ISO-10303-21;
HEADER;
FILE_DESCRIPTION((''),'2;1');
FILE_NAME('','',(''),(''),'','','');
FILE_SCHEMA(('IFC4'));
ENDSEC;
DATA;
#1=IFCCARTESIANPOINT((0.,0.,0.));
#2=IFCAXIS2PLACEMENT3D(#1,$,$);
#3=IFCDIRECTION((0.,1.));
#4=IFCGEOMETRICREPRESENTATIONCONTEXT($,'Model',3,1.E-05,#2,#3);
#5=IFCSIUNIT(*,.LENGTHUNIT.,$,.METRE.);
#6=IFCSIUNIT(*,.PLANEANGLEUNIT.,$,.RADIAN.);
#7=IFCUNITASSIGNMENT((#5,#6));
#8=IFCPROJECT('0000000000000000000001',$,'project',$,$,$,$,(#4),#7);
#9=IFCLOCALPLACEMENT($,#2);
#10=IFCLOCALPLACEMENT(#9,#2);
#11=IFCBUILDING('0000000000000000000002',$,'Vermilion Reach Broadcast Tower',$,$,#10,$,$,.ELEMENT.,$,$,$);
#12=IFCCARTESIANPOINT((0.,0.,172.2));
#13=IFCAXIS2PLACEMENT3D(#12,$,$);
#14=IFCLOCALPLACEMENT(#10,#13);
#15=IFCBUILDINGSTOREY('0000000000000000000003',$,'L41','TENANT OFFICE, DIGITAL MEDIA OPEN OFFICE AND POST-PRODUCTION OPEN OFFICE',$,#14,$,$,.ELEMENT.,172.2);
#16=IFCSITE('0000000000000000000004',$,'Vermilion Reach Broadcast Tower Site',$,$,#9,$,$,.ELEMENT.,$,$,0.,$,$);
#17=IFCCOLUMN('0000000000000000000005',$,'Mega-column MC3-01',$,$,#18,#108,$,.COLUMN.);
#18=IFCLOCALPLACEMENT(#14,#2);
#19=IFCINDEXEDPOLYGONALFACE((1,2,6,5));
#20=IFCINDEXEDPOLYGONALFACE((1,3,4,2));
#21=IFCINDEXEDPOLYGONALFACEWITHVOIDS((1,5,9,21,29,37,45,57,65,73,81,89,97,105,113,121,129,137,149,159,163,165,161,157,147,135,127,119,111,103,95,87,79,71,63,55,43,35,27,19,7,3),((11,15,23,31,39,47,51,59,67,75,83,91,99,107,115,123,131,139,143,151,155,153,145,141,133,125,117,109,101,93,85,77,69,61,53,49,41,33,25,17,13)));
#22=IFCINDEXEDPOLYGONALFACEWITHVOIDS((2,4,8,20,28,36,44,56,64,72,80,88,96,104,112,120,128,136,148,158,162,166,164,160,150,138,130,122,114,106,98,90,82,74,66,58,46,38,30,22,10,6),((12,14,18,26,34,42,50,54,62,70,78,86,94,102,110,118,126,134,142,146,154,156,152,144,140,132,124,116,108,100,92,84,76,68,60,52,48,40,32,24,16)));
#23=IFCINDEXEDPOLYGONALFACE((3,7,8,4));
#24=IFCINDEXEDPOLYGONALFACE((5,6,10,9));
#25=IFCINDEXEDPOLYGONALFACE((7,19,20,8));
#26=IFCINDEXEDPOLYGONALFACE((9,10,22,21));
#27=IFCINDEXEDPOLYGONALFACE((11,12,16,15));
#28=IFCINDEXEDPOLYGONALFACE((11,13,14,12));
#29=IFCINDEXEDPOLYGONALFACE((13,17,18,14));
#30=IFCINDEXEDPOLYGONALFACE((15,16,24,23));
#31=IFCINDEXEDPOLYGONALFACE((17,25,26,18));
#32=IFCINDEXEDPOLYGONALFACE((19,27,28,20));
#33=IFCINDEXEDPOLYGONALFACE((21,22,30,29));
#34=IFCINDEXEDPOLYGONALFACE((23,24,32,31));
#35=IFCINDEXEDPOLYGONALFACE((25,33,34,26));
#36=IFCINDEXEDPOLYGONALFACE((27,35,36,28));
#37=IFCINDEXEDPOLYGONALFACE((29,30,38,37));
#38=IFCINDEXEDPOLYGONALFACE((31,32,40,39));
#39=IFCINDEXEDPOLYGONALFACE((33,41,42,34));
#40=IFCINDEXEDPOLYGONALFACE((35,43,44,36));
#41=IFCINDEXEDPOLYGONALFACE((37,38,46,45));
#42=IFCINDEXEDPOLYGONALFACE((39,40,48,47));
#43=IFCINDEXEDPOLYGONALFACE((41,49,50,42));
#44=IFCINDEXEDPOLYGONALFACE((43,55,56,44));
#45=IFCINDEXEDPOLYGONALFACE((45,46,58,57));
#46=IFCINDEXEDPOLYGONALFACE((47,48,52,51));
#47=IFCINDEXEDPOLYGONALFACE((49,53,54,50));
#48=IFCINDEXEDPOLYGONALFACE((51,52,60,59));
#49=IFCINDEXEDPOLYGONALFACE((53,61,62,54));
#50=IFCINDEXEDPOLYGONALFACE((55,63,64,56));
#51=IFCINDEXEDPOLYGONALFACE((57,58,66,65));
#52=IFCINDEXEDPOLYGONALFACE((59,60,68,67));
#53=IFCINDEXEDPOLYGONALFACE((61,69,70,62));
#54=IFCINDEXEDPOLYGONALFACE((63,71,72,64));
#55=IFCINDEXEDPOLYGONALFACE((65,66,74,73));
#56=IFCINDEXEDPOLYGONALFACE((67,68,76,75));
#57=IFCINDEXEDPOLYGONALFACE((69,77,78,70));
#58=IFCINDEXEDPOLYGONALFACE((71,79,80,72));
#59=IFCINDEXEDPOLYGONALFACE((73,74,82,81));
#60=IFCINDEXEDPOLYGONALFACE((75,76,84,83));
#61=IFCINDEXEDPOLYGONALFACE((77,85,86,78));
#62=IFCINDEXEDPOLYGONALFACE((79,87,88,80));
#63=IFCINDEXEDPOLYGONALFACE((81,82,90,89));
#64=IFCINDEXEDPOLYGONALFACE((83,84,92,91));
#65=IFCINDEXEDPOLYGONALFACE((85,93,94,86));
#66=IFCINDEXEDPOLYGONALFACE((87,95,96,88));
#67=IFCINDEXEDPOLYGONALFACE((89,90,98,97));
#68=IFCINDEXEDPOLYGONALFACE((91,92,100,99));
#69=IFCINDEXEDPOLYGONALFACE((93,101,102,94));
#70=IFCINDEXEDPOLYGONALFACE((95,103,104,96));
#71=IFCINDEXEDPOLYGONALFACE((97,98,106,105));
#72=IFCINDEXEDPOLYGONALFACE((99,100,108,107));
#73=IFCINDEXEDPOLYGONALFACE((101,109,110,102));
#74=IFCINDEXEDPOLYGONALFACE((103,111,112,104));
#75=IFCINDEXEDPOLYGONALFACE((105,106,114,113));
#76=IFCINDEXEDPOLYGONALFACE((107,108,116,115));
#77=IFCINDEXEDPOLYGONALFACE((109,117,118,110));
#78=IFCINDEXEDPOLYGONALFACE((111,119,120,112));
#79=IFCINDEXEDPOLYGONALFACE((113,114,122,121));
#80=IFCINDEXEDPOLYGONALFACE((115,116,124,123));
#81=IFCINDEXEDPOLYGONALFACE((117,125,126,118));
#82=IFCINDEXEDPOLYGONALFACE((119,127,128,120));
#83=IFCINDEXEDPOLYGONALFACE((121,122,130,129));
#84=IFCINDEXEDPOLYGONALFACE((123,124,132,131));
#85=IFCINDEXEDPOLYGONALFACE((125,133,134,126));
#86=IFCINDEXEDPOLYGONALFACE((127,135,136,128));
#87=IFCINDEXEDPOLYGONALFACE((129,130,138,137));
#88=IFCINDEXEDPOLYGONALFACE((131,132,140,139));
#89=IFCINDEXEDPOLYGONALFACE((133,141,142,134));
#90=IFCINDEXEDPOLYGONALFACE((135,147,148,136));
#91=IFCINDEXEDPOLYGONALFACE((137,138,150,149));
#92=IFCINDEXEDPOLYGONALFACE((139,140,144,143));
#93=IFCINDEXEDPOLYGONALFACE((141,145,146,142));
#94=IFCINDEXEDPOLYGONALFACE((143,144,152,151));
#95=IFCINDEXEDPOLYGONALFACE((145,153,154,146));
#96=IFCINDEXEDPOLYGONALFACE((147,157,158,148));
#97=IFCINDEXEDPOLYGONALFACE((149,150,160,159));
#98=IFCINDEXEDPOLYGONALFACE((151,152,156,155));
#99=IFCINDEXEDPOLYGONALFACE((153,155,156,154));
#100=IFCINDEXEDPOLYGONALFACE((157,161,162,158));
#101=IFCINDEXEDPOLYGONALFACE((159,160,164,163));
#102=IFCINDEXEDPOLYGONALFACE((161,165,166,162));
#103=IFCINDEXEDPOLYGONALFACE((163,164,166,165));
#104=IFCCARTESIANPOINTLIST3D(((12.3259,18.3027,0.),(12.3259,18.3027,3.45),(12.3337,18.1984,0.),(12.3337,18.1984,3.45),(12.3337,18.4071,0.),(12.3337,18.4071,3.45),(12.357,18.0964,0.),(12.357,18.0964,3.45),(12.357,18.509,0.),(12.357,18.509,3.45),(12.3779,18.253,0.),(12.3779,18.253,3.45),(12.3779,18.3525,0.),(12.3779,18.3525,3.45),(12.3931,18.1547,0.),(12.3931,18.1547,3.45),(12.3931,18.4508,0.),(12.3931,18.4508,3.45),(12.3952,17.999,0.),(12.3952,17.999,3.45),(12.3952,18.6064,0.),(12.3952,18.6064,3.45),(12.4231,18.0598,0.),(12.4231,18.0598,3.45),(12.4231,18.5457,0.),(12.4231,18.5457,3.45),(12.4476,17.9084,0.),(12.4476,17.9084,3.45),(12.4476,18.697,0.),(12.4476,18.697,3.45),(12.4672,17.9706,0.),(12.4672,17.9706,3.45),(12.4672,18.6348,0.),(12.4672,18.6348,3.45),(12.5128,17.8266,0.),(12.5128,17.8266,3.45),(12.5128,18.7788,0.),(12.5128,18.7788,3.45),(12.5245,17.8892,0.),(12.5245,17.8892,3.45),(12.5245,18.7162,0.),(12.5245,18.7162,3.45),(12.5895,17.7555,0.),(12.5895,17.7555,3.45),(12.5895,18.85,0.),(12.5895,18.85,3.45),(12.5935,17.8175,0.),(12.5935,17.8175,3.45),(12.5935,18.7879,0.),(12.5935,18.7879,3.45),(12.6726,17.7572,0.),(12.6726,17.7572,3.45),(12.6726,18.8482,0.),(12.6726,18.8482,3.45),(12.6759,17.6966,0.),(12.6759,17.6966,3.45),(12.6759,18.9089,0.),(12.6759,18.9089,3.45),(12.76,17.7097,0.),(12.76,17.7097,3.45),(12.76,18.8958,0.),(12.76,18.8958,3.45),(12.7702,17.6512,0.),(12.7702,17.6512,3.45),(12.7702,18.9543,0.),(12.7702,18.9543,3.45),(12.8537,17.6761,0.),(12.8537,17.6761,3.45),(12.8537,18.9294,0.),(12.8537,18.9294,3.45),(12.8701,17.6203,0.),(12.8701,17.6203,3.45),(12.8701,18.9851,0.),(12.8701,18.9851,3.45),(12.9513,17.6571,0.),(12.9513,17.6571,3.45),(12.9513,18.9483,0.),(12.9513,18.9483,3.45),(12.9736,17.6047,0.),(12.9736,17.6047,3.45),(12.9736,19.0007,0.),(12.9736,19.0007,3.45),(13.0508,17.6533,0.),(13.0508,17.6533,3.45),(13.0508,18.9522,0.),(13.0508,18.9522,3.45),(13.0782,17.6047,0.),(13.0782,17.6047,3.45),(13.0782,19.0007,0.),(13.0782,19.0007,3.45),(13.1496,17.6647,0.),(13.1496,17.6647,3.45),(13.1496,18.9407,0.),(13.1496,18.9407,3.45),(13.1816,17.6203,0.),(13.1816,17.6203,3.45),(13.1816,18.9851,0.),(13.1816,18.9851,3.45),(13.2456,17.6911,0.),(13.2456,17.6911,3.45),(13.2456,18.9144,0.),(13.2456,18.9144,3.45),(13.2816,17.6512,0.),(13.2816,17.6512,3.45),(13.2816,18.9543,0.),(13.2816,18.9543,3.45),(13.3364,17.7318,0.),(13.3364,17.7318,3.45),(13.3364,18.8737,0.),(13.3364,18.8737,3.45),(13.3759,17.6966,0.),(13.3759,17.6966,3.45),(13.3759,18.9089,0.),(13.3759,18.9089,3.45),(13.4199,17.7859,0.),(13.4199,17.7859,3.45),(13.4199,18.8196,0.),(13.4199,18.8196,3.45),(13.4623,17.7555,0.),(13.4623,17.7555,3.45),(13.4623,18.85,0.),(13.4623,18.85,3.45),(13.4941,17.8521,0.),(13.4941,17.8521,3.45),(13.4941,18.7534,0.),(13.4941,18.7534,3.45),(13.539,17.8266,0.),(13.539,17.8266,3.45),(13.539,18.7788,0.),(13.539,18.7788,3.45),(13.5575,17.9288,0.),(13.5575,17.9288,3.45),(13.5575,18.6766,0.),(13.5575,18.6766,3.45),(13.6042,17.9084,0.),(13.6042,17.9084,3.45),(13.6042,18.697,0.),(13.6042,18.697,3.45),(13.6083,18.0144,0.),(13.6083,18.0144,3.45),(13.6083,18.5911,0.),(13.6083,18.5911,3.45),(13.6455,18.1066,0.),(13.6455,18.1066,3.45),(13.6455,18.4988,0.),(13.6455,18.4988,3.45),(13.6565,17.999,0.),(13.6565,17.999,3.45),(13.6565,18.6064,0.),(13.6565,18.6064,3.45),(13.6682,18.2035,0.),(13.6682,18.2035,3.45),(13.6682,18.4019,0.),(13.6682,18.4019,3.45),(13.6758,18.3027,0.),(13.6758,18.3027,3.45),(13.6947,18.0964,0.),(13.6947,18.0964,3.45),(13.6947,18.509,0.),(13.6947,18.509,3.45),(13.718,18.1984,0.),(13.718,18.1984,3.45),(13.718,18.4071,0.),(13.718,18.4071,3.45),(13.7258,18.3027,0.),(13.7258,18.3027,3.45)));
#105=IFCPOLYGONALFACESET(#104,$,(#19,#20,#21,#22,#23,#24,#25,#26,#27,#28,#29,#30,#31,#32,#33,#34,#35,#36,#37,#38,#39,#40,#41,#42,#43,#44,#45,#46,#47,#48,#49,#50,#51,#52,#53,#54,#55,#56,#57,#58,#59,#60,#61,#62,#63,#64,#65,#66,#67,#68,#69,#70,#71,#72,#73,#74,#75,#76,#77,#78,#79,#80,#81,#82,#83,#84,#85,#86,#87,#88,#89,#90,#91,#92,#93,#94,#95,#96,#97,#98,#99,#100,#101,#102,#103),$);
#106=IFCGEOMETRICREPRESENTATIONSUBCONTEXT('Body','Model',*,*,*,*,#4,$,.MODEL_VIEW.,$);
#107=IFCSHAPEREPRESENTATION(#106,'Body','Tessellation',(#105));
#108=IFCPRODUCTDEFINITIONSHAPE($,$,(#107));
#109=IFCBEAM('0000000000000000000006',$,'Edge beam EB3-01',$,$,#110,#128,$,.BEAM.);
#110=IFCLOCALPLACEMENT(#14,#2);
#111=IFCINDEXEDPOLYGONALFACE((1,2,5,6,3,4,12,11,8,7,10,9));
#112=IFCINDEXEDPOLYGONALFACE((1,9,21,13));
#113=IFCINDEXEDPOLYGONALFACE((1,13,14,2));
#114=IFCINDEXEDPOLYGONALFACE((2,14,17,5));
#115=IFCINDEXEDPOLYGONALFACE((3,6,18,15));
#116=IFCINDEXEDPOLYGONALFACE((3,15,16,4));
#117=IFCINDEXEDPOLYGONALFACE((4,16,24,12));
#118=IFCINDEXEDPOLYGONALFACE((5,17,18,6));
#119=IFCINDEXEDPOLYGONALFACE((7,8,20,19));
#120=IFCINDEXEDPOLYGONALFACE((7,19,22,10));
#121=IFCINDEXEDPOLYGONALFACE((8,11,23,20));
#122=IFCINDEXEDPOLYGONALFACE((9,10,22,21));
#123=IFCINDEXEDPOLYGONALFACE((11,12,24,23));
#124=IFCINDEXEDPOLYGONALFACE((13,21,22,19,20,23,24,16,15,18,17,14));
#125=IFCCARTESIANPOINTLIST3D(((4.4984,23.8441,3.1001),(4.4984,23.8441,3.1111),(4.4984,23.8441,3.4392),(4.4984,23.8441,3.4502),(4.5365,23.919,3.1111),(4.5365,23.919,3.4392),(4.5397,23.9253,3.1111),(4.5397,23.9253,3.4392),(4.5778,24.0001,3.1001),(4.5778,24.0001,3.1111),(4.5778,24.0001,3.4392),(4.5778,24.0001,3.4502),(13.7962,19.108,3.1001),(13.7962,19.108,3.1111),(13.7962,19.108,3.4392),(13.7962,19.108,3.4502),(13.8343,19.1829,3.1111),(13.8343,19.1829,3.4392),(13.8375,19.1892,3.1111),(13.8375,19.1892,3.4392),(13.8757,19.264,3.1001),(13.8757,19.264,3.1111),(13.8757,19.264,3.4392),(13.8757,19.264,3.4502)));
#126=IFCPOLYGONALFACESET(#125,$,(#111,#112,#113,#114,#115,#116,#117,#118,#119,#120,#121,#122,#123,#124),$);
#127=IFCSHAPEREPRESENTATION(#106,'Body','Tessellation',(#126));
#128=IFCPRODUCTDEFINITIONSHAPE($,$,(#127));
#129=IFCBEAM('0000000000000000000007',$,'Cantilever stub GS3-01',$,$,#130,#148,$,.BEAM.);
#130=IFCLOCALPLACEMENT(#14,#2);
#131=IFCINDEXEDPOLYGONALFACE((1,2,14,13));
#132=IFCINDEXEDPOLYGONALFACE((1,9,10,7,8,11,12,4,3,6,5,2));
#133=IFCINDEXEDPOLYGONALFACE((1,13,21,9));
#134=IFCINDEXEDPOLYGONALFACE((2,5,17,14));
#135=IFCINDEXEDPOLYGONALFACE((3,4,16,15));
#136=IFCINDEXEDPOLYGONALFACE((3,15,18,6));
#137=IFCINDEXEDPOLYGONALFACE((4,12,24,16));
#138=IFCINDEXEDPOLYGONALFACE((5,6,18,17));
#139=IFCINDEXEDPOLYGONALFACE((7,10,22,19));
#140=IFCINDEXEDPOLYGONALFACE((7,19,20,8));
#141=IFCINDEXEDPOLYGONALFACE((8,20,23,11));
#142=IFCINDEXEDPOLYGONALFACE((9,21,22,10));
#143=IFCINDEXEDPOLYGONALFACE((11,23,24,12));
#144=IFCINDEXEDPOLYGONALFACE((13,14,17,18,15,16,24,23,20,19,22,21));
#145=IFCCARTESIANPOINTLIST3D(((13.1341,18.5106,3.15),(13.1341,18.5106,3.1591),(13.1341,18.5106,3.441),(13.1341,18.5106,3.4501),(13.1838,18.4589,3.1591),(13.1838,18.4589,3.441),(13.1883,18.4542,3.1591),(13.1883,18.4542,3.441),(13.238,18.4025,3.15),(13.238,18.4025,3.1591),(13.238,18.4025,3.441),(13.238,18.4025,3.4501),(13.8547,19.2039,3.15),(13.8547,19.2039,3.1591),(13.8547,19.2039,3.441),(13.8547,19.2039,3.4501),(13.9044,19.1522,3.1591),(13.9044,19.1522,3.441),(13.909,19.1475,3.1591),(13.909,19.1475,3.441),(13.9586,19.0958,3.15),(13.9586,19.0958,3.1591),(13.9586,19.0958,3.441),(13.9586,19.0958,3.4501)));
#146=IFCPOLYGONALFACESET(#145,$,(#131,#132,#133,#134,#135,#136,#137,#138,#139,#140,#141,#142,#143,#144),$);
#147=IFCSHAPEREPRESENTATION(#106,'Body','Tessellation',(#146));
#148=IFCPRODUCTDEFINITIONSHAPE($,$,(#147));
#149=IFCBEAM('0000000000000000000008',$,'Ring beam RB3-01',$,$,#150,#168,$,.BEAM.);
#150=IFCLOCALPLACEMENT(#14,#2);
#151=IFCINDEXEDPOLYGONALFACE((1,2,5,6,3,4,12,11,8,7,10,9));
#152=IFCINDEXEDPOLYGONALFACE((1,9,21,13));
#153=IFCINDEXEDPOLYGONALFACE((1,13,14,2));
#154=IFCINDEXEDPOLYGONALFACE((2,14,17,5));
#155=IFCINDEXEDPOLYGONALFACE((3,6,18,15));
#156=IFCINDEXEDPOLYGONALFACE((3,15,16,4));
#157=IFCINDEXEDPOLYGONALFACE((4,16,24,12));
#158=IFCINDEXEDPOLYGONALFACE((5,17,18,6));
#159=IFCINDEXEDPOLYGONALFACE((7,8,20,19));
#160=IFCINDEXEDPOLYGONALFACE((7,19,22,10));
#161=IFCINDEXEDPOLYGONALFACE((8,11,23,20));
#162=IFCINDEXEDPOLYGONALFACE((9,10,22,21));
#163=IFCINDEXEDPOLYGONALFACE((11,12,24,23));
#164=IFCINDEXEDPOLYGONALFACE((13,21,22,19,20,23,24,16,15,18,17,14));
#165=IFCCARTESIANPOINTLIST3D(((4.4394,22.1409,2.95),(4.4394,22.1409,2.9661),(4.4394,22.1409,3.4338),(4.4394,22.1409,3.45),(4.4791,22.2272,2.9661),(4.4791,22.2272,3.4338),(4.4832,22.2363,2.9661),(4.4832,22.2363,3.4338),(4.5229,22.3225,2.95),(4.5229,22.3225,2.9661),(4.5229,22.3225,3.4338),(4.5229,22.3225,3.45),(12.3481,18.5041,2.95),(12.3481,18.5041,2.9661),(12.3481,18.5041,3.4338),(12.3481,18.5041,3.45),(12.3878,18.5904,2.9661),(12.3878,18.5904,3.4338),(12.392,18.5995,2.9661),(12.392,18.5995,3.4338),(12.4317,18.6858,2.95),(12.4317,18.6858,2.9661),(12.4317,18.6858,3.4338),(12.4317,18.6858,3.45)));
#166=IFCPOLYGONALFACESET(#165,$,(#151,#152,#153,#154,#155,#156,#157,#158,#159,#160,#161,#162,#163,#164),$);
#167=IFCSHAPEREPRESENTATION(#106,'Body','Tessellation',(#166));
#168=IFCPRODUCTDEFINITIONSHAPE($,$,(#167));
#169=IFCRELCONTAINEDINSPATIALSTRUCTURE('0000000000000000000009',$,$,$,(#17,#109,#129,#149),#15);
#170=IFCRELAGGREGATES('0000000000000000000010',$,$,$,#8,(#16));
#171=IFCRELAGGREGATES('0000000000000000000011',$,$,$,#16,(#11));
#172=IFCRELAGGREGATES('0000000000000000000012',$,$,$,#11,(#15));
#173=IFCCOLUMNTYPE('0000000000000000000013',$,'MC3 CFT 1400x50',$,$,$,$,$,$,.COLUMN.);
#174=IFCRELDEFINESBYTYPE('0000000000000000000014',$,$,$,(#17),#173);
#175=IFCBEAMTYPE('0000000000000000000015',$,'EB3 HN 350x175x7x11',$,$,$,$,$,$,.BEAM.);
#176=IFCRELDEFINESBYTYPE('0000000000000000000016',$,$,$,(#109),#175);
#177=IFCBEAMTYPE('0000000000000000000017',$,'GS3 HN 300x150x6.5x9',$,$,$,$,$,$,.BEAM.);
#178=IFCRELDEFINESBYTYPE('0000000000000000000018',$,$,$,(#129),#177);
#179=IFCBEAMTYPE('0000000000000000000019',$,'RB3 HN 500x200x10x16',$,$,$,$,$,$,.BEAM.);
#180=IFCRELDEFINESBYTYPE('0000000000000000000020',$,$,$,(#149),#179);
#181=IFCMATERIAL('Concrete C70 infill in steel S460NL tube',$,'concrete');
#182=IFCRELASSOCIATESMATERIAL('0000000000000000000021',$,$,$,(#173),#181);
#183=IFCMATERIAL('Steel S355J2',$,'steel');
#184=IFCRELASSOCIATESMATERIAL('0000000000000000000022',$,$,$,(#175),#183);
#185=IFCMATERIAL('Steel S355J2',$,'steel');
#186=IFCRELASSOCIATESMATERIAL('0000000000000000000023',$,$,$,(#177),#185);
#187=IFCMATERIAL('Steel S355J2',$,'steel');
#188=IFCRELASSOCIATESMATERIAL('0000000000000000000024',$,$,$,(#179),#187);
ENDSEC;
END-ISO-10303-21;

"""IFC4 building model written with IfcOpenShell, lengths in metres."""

from ifc_helpers import new_model, si_unit, direction, frame, origin, origin_2d, place, context, subcontext, project, spatial, hollow_circle, i_section, extrude, material, material_profile, profile_set, type_object, element, save


model = new_model("IFC4")

# Units and contexts
model_context = context("Model", 3, precision=1e-05, world=origin(), true_north=direction((0.0, 1.0)))
body_context = subcontext(model_context, "Body", "Model", "MODEL_VIEW")
ifc_project = project(units=[si_unit("LENGTHUNIT", "METRE"), si_unit("PLANEANGLEUNIT", "RADIAN")], contexts=[model_context])

# Site, building, storey
site_placement = place(None, origin())
site = spatial("IfcSite", under=ifc_project, at=site_placement, Name="Vermilion Reach Broadcast Tower Site", CompositionType="ELEMENT", RefElevation=0.0)
building_placement = place(site_placement, origin())
building = spatial("IfcBuilding", under=site, at=building_placement, Name="Vermilion Reach Broadcast Tower", CompositionType="ELEMENT")
storey_placement = place(building_placement, frame((0.0, 0.0, 172.2)))
storey = spatial("IfcBuildingStorey", under=building, at=storey_placement, Name="L41", Description="TENANT OFFICE, DIGITAL MEDIA OPEN OFFICE AND POST-PRODUCTION OPEN OFFICE", CompositionType="ELEMENT", Elevation=172.2)

# Column
ifc_material_1 = material(Name="Concrete C70 infill in steel S460NL tube", Category="concrete")
ifc_material_profile_1 = material_profile(ifc_material_1, hollow_circle(Radius=0.7, WallThickness=0.05, at=origin_2d()), Name="Concrete C70 infill in steel S460NL tube CFT 1400x50")
ifc_profile_set_1 = profile_set([ifc_material_profile_1], Name="Concrete C70 infill in steel S460NL tube")
column_type = type_object("IfcColumnType", Name="MC3 CFT 1400x50", PredefinedType="COLUMN", material=ifc_profile_set_1)
column_placement = place(storey_placement, frame((13.0259, 18.3027, 0.0), z_axis=(0.0, 0.0, 1.0), x_axis=(1.0, 0.0, 0.0)))
element("IfcColumn", 1, at=column_placement, inside=storey, type_object=column_type, Name="Mega-column MC3-01", PredefinedType="COLUMN", context=body_context, shape_type="SweptSolid", body=[
    extrude(hollow_circle(Radius=0.7, WallThickness=0.05, at=origin_2d()), origin(), (0.0, 0.0, 1.0), 3.45),
])

# Beams
ifc_material_2 = material(Name="Steel S355J2", Category="steel")
ifc_material_profile_2 = material_profile(ifc_material_2, i_section(OverallWidth=0.175, OverallDepth=0.3501, WebThickness=0.0071, FlangeThickness=0.011, at=origin_2d()), Name="S355J2 HN 350x175x7x11")
ifc_profile_set_2 = profile_set([ifc_material_profile_2], Name="Steel S355J2")
beam_type_1 = type_object("IfcBeamType", Name="EB3 HN 350x175x7x11", PredefinedType="BEAM", material=ifc_profile_set_2)
beam_1_placement = place(storey_placement, frame((13.8359, 19.186, 3.2751), z_axis=(-0.891061, 0.453883, 0.0), x_axis=(-0.453883, -0.891061, 0.0)))
element("IfcBeam", 2, at=beam_1_placement, inside=storey, type_object=beam_type_1, Name="Edge beam EB3-01", PredefinedType="BEAM", context=body_context, shape_type="SweptSolid", body=[
    extrude(i_section(OverallWidth=0.175, OverallDepth=0.3501, WebThickness=0.0071, FlangeThickness=0.011, at=origin_2d()), origin(), (0.0, 0.0, 1.0), 10.4346),
])
ifc_material_3 = material(Name="Steel S355J2", Category="steel")
ifc_material_profile_3 = material_profile(ifc_material_3, i_section(OverallWidth=0.1499, OverallDepth=0.3, WebThickness=0.0066, FlangeThickness=0.009, at=origin_2d()), Name="S355J2 HN 300x150x6.5x9")
ifc_profile_set_3 = profile_set([ifc_material_profile_3], Name="Steel S355J2")
beam_type_2 = type_object("IfcBeamType", Name="GS3 HN 300x150x6.5x9", PredefinedType="BEAM", material=ifc_profile_set_3)
beam_2_placement = place(storey_placement, frame((13.186, 18.4565, 3.3), z_axis=(0.720645, 0.693304, 0.0), x_axis=(-0.693304, 0.720645, 0.0)))
element("IfcBeam", 3, at=beam_2_placement, inside=storey, type_object=beam_type_2, Name="Cantilever stub GS3-01", PredefinedType="BEAM", context=body_context, shape_type="SweptSolid", body=[
    extrude(i_section(OverallWidth=0.1499, OverallDepth=0.3, WebThickness=0.0066, FlangeThickness=0.009, at=origin_2d()), origin(), (0.0, 0.0, 1.0), 1.0),
])
ifc_material_4 = material(Name="Steel S355J2", Category="steel")
ifc_material_profile_4 = material_profile(ifc_material_4, i_section(OverallWidth=0.2, OverallDepth=0.5, WebThickness=0.01, FlangeThickness=0.0161, at=origin_2d()), Name="S355J2 HN 500x200x10x16")
ifc_profile_set_4 = profile_set([ifc_material_profile_4], Name="Steel S355J2")
beam_type_3 = type_object("IfcBeamType", Name="RB3 HN 500x200x10x16", PredefinedType="BEAM", material=ifc_profile_set_4)
beam_3_placement = place(storey_placement, frame((12.3899, 18.595, 3.2), z_axis=(-0.908546, 0.417784, 0.0), x_axis=(-0.417784, -0.908546, 0.0)))
element("IfcBeam", 4, at=beam_3_placement, inside=storey, type_object=beam_type_3, Name="Ring beam RB3-01", PredefinedType="BEAM", context=body_context, shape_type="SweptSolid", body=[
    extrude(i_section(OverallWidth=0.2, OverallDepth=0.5, WebThickness=0.01, FlangeThickness=0.0161, at=origin_2d()), origin(), (0.0, 0.0, 1.0), 8.7048),
])

save(model, "model.ifc")
